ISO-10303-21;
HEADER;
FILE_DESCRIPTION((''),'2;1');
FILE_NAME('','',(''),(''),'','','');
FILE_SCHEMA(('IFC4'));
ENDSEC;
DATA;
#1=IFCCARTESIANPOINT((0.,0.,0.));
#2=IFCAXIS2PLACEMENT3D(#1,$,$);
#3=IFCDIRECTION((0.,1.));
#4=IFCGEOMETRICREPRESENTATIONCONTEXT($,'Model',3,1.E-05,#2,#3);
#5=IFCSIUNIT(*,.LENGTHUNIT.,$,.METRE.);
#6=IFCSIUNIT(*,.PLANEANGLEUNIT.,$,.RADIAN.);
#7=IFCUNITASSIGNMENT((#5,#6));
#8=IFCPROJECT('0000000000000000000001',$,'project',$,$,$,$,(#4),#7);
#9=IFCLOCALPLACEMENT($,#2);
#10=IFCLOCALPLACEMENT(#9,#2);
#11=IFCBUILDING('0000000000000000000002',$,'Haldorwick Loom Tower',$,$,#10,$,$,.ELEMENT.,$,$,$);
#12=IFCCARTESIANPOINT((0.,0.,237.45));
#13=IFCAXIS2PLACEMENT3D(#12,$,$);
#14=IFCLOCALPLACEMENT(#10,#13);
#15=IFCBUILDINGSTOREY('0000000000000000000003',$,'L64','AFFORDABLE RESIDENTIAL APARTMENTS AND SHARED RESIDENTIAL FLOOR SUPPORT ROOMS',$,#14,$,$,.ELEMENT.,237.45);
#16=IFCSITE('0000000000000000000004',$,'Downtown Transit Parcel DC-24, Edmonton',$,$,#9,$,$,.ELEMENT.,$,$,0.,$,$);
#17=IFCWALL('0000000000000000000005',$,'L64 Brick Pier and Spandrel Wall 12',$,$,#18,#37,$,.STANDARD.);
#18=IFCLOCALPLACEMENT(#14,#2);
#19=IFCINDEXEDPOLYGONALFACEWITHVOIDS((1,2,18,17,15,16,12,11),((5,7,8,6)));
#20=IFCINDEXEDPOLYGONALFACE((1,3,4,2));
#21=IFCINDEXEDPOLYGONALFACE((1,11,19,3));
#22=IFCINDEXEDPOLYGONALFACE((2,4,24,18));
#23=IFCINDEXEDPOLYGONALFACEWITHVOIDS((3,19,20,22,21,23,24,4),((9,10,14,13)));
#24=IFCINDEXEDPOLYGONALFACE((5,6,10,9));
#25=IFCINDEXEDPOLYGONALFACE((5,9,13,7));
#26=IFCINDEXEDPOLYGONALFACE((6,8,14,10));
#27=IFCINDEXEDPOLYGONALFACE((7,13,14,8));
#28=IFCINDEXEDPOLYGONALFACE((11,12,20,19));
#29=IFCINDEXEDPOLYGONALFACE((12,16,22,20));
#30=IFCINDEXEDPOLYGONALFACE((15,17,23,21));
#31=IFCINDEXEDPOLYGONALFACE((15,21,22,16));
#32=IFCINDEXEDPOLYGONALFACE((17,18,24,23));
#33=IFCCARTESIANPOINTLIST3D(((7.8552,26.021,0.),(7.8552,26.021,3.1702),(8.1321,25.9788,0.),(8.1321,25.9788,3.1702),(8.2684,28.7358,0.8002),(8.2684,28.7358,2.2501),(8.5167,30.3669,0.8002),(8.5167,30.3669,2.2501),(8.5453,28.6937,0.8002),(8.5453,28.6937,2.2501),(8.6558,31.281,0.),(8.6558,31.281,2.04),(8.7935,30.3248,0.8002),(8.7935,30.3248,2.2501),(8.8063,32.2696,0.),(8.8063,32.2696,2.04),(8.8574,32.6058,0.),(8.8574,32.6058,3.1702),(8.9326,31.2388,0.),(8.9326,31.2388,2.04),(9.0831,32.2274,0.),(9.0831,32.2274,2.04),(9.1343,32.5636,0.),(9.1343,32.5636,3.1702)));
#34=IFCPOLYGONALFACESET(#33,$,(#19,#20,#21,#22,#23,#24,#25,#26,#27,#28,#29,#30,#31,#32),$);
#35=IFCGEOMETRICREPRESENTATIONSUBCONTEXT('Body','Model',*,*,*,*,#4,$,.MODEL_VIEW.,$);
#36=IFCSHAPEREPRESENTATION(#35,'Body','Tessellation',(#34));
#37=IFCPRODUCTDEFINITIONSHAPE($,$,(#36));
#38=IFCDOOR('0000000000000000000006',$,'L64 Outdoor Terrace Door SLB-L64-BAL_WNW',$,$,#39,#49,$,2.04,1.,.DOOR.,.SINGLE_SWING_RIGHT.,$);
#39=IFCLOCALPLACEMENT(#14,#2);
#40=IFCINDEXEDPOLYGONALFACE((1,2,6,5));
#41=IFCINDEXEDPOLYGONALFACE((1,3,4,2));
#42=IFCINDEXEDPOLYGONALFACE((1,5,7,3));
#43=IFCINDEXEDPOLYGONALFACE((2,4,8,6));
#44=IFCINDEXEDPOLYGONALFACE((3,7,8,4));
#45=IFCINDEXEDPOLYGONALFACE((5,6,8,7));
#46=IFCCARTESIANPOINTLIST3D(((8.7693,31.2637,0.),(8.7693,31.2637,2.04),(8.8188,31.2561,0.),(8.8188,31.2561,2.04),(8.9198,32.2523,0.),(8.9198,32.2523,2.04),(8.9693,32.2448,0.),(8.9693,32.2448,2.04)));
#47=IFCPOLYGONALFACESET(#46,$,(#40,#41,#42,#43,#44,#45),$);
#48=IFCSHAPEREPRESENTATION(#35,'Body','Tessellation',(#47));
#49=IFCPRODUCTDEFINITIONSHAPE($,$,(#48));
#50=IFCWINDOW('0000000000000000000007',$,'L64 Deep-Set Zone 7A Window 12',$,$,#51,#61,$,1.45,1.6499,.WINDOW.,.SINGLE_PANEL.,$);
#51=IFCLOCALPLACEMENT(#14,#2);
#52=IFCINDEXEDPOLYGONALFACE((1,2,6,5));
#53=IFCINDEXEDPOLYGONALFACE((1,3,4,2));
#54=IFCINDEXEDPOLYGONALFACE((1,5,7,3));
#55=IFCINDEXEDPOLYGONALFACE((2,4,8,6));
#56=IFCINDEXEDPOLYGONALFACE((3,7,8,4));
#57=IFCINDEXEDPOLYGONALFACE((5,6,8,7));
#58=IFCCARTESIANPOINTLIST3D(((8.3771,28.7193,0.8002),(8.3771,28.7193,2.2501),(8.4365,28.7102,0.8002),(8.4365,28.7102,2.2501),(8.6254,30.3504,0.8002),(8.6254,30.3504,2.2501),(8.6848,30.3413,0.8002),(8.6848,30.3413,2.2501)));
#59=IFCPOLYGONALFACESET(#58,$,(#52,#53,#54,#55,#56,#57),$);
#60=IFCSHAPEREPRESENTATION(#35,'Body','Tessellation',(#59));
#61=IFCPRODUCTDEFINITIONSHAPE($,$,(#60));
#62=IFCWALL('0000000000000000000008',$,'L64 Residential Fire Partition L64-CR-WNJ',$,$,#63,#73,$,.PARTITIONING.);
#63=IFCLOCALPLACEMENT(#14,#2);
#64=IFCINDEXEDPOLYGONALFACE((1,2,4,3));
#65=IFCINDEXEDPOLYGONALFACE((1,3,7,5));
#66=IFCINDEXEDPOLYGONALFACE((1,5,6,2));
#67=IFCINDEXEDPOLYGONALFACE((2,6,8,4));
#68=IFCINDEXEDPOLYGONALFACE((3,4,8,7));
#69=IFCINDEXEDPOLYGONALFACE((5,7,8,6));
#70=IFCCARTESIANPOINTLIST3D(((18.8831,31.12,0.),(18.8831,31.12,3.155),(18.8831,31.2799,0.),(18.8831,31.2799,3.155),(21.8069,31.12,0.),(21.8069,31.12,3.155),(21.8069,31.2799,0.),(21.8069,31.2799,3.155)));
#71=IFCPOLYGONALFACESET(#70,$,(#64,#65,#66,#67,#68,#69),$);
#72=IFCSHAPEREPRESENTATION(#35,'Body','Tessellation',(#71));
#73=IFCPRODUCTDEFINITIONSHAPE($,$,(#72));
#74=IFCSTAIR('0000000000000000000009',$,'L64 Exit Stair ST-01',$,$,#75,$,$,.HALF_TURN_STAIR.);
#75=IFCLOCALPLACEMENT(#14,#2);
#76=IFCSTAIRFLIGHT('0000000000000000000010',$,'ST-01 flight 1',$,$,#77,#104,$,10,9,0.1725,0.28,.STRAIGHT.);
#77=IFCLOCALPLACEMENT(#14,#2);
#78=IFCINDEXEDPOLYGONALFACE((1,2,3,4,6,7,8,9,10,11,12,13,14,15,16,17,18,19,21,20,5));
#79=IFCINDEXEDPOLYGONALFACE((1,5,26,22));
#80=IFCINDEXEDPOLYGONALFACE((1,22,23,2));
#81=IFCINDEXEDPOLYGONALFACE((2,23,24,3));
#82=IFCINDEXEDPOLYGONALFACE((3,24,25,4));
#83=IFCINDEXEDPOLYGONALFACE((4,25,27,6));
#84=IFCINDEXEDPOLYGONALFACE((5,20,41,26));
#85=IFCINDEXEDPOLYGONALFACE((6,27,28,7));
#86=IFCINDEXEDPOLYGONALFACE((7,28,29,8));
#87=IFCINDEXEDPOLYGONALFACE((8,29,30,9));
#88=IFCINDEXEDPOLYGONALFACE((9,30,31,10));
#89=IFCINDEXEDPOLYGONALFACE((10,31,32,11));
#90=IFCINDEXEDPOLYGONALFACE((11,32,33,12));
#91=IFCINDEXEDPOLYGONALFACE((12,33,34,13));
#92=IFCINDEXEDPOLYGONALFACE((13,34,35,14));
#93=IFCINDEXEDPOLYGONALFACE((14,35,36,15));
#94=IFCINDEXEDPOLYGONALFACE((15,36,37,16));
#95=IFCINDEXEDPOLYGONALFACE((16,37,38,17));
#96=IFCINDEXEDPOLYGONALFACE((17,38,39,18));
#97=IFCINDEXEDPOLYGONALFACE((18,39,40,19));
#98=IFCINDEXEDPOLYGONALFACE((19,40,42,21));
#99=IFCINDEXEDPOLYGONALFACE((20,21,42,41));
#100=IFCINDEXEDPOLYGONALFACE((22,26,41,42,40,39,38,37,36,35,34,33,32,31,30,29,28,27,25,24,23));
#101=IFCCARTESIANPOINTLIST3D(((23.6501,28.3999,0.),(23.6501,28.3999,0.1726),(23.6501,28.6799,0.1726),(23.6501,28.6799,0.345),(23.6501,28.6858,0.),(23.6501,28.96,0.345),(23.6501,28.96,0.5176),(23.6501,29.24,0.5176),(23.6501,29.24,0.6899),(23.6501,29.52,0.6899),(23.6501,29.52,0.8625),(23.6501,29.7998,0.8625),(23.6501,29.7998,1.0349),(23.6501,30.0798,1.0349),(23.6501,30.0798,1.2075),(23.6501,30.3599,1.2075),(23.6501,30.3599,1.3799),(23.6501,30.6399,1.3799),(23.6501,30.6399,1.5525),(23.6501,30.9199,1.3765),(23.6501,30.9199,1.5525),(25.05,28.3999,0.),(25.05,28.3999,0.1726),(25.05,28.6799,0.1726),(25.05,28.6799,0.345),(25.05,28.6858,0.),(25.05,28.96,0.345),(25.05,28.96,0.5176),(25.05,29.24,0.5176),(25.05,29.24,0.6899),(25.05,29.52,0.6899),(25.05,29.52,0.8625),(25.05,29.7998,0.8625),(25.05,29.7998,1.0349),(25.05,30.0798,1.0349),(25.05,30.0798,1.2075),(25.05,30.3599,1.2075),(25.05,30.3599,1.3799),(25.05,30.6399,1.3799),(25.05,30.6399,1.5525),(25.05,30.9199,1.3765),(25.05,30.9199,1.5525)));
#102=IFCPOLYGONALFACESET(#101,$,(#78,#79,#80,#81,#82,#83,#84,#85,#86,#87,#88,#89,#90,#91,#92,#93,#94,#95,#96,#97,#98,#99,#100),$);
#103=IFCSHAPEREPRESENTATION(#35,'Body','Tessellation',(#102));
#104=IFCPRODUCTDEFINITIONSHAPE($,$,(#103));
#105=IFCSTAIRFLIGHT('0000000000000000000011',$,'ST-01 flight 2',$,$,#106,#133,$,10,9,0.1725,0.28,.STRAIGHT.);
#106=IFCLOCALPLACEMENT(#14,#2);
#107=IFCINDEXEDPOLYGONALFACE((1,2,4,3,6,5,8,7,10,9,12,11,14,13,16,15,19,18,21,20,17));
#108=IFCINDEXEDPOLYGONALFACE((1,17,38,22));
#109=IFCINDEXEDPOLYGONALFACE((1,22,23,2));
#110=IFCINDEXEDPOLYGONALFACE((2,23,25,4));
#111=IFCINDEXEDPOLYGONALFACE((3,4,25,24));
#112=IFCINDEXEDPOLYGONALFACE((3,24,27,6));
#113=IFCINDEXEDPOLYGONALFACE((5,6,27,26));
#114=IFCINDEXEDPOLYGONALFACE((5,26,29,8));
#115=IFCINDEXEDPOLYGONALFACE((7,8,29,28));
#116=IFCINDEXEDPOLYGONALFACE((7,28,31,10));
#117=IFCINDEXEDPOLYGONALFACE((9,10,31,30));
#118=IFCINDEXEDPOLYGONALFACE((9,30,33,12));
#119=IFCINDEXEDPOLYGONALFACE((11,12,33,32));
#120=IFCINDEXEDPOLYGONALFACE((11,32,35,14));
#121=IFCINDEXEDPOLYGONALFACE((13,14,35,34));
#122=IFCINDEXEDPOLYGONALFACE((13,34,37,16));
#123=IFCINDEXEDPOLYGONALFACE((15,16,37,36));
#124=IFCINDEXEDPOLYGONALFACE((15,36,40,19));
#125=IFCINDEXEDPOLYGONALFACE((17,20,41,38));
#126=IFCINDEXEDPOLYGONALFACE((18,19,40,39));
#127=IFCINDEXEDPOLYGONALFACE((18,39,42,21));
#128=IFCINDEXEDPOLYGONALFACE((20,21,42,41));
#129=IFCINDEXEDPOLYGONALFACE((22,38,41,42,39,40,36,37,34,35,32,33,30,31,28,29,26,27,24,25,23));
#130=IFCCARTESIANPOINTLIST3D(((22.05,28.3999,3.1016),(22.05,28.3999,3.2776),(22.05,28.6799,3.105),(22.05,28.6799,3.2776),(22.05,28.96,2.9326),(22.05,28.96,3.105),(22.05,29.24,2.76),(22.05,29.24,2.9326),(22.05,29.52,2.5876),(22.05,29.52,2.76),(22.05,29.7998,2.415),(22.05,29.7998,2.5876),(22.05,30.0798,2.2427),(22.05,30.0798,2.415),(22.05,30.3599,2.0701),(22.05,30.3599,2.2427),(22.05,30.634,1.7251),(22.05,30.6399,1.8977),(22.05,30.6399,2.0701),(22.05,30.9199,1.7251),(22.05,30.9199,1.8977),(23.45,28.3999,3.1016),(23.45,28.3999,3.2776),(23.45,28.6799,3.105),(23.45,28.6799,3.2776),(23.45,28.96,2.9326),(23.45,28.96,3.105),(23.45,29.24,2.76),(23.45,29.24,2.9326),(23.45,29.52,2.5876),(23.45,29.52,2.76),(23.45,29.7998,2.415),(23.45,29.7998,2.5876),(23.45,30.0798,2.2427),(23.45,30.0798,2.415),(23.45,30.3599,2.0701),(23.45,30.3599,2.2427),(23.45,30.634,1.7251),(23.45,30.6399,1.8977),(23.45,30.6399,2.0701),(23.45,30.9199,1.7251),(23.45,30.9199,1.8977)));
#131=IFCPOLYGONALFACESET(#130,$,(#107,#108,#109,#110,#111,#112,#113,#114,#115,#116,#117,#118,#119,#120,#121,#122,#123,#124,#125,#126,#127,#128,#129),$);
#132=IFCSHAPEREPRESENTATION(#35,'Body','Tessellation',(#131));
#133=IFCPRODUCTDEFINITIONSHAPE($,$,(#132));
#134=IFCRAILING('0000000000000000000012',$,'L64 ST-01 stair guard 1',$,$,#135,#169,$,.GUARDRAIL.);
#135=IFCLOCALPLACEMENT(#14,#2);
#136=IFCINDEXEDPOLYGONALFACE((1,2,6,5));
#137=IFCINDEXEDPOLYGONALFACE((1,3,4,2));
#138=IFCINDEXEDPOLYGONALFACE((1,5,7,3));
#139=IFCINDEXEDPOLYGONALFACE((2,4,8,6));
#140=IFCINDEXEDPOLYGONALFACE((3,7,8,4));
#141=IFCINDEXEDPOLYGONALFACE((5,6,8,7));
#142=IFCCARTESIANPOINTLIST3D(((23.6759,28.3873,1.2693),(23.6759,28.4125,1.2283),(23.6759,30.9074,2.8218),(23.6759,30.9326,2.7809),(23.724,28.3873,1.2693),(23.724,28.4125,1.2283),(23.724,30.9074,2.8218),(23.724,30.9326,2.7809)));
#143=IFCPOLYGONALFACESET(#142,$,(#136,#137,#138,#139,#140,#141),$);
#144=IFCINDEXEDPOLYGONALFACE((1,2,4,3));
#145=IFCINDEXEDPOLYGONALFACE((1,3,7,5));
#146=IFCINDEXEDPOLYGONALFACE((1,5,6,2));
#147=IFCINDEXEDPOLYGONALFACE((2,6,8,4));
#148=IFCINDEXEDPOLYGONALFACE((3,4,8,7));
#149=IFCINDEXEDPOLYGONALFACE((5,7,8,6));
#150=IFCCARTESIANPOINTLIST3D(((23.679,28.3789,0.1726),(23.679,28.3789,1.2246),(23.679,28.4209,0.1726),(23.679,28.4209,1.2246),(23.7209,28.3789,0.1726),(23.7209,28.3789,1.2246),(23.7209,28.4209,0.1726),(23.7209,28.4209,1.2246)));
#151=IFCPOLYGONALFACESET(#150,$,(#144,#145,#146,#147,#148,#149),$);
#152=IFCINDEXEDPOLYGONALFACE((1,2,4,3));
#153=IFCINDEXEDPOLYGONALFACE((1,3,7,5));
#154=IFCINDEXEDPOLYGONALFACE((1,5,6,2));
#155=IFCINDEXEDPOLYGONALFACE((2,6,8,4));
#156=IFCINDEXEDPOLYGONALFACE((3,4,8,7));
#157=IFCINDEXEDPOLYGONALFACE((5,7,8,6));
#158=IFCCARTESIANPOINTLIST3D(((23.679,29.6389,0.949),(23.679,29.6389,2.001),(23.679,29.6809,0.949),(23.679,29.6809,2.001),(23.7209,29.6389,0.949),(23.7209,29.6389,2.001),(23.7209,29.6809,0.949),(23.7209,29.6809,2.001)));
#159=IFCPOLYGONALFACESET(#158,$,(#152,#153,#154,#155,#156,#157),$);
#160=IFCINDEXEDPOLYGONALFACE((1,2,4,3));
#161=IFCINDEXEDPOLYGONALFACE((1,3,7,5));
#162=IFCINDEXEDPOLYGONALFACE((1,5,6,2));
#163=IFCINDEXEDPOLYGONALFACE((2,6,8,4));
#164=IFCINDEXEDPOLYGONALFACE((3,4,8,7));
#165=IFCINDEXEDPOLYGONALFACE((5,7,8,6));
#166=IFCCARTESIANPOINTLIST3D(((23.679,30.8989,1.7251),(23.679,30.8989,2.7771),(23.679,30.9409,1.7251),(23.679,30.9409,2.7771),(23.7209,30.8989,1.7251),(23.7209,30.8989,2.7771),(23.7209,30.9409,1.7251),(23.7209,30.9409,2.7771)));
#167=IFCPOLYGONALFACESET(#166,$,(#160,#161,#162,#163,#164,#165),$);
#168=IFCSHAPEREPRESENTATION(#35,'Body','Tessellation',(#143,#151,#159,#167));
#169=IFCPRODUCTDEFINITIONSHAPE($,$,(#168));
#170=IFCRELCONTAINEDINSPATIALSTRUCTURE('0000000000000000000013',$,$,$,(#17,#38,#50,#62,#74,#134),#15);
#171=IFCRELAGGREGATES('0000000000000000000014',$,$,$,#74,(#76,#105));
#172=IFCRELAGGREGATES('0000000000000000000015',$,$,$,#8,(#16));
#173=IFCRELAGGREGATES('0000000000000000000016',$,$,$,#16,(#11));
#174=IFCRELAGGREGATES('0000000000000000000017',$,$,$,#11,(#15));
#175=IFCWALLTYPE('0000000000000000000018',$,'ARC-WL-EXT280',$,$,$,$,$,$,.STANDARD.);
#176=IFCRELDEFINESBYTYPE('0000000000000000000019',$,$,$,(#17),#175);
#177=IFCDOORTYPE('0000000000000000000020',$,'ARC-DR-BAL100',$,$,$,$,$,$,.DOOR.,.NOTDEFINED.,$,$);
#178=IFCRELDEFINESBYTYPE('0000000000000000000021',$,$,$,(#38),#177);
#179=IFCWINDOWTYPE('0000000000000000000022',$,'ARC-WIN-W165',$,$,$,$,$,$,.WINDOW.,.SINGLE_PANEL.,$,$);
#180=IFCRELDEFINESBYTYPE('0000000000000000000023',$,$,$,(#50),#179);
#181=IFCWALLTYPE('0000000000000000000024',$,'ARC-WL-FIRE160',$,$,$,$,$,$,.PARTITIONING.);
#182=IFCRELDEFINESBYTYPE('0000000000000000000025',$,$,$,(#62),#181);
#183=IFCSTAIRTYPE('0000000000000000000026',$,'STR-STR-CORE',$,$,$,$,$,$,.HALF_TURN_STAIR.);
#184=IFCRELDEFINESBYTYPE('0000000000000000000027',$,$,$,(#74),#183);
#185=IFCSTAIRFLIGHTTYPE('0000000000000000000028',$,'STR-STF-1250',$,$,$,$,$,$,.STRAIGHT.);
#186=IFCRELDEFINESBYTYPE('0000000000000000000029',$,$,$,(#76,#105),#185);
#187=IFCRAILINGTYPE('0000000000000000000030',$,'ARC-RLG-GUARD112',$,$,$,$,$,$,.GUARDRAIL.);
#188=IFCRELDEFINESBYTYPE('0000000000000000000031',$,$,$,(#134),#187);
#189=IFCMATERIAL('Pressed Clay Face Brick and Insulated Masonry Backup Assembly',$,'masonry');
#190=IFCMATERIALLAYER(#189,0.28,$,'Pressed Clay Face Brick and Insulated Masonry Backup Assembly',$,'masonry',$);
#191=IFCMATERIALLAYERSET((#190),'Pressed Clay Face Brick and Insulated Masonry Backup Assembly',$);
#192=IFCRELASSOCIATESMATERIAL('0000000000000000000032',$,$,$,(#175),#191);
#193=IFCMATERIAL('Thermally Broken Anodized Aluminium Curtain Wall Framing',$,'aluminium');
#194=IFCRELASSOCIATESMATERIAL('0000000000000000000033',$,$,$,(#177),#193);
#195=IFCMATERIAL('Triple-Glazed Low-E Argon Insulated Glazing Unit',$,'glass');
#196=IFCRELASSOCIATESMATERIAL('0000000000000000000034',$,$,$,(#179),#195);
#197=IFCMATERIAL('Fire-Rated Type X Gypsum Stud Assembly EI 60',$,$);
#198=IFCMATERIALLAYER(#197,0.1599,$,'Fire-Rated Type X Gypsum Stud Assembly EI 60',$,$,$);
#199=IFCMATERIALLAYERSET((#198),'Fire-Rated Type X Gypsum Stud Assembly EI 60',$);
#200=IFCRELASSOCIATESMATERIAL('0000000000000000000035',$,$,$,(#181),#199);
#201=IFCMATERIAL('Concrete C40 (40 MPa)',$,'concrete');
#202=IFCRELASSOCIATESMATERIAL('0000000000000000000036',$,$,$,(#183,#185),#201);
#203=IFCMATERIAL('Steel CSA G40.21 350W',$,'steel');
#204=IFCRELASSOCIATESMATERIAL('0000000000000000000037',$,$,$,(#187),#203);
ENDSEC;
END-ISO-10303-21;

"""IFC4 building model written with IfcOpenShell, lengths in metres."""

from ifc_helpers import new_model, si_unit, direction, frame, frame_2d, origin, origin_2d, place, context, subcontext, project, spatial, polyline, rectangle, outline, extrude, material, layer, layer_set, type_object, element, fill, aggregate, save


model = new_model("IFC4")

# Units and contexts
model_context = context("Model", 3, precision=1e-05, world=origin(), true_north=direction((0.0, 1.0)))
body_context = subcontext(model_context, "Body", "Model", "MODEL_VIEW")
ifc_project = project(units=[si_unit("LENGTHUNIT", "METRE"), si_unit("PLANEANGLEUNIT", "RADIAN")], contexts=[model_context])

# Site, building, storey
site_placement = place(None, origin())
site = spatial("IfcSite", under=ifc_project, at=site_placement, Name="Downtown Transit Parcel DC-24, Edmonton", CompositionType="ELEMENT", RefElevation=0.0)
building_placement = place(site_placement, origin())
building = spatial("IfcBuilding", under=site, at=building_placement, Name="Haldorwick Loom Tower", CompositionType="ELEMENT")
storey_placement = place(building_placement, frame((0.0, 0.0, 237.45)))
storey = spatial("IfcBuildingStorey", under=building, at=storey_placement, Name="L64", Description="AFFORDABLE RESIDENTIAL APARTMENTS AND SHARED RESIDENTIAL FLOOR SUPPORT ROOMS", CompositionType="ELEMENT", Elevation=237.45)

# Shared definitions
ifc_material_1 = material(Name="Steel CSA G40.21 350W", Category="steel")

# Wall, openings, door, window
ifc_material_2 = material(Name="Pressed Clay Face Brick and Insulated Masonry Backup Assembly", Category="masonry")
ifc_layer_1 = layer(ifc_material_2, 0.28, Name="Pressed Clay Face Brick and Insulated Masonry Backup Assembly", Category="masonry")
ifc_layer_set_1 = layer_set([ifc_layer_1], Name="Pressed Clay Face Brick and Insulated Masonry Backup Assembly")
wall_type_1 = type_object("IfcWallType", Name="ARC-WL-EXT280", PredefinedType="STANDARD", material=ifc_layer_set_1)
wall_1_placement = place(storey_placement, frame((8.9958, 32.5847, 0.0), z_axis=(0.0, 0.0, 1.0), x_axis=(-0.150468, -0.988615, 0.0)))
wall_1 = element("IfcWall", 1, at=wall_1_placement, inside=storey, type_object=wall_type_1, Name="L64 Brick Pier and Spandrel Wall 12", PredefinedType="STANDARD", context=body_context, shape_type="SweptSolid", body=[
    extrude(rectangle(XDim=6.6606, YDim=0.28, at=frame_2d((3.3303, 0.0))), origin(), (0.0, 0.0, 1.0), 3.1702),
])
opening_1_placement = place(wall_1_placement, frame((0.3401, 0.0, 0.0)))
opening_1 = element("IfcOpeningElement", 2, at=opening_1_placement, cuts=wall_1, PredefinedType="OPENING", context=body_context, shape_type="SweptSolid", body=[
    extrude(rectangle(XDim=1.0, YDim=2.04, at=frame_2d((0.5, 1.02))), frame((0.0, 0.1499, 0.0), z_axis=(0.0, -1.0, 0.0), x_axis=(1.0, 0.0, 0.0)), (0.0, 0.0, 1.0), 0.3),
])
opening_2_placement = place(wall_1_placement, frame((2.2646, 0.0, 0.8)))
opening_2 = element("IfcOpeningElement", 3, at=opening_2_placement, cuts=wall_1, PredefinedType="OPENING", context=body_context, shape_type="SweptSolid", body=[
    extrude(rectangle(XDim=1.6499, YDim=1.45, at=frame_2d((0.825, 0.7251))), frame((0.0, 0.1499, 0.0), z_axis=(0.0, -1.0, 0.0), x_axis=(1.0, 0.0, 0.0)), (0.0, 0.0, 1.0), 0.3),
])
ifc_material_3 = material(Name="Thermally Broken Anodized Aluminium Curtain Wall Framing", Category="aluminium")
door_type = type_object("IfcDoorType", Name="ARC-DR-BAL100", OperationType="NOTDEFINED", PredefinedType="DOOR", material=ifc_material_3)
door_placement = place(opening_1_placement, origin())
door = element("IfcDoor", 4, at=door_placement, inside=storey, type_object=door_type, Name="L64 Outdoor Terrace Door SLB-L64-BAL_WNW", OperationType="SINGLE_SWING_RIGHT", OverallHeight=2.04, OverallWidth=1.0, PredefinedType="DOOR", context=body_context, shape_type="SweptSolid", body=[
    extrude(rectangle(XDim=1.0, YDim=2.04, at=frame_2d((0.5, 1.02))), frame((0.0, 0.0249, 0.0), z_axis=(0.0, -1.0, 0.0), x_axis=(1.0, 0.0, 0.0)), (0.0, 0.0, 1.0), 0.05),
])
fill(opening_1, door)
ifc_material_4 = material(Name="Triple-Glazed Low-E Argon Insulated Glazing Unit", Category="glass")
window_type = type_object("IfcWindowType", Name="ARC-WIN-W165", PartitioningType="SINGLE_PANEL", PredefinedType="WINDOW", material=ifc_material_4)
window_placement = place(opening_2_placement, origin())
window = element("IfcWindow", 5, at=window_placement, inside=storey, type_object=window_type, Name="L64 Deep-Set Zone 7A Window 12", OverallHeight=1.45, OverallWidth=1.6499, PartitioningType="SINGLE_PANEL", PredefinedType="WINDOW", context=body_context, shape_type="SweptSolid", body=[
    extrude(rectangle(XDim=1.6499, YDim=1.45, at=frame_2d((0.825, 0.7251))), frame((0.0, 0.03, 0.0), z_axis=(0.0, -1.0, 0.0), x_axis=(1.0, 0.0, 0.0)), (0.0, 0.0, 1.0), 0.0601),
])
fill(opening_2, window)

# Wall
ifc_material_5 = material(Name="Fire-Rated Type X Gypsum Stud Assembly EI 60")
ifc_layer_2 = layer(ifc_material_5, 0.1599, Name="Fire-Rated Type X Gypsum Stud Assembly EI 60")
ifc_layer_set_2 = layer_set([ifc_layer_2], Name="Fire-Rated Type X Gypsum Stud Assembly EI 60")
wall_type_2 = type_object("IfcWallType", Name="ARC-WL-FIRE160", PredefinedType="PARTITIONING", material=ifc_layer_set_2)
wall_2_placement = place(storey_placement, frame((18.8831, 31.2, 0.0), z_axis=(0.0, 0.0, 1.0), x_axis=(1.0, 0.0, 0.0)))
element("IfcWall", 6, at=wall_2_placement, inside=storey, type_object=wall_type_2, Name="L64 Residential Fire Partition L64-CR-WNJ", PredefinedType="PARTITIONING", context=body_context, shape_type="SweptSolid", body=[
    extrude(rectangle(XDim=2.9238, YDim=0.1599, at=frame_2d((1.4619, 0.0))), origin(), (0.0, 0.0, 1.0), 3.155),
])

# Stair, stair flights
ifc_material_6 = material(Name="Concrete C40 (40 MPa)", Category="concrete")
stair_type = type_object("IfcStairType", Name="STR-STR-CORE", PredefinedType="HALF_TURN_STAIR", material=ifc_material_6)
stair_placement = place(storey_placement, origin())
stair = element("IfcStair", 7, at=stair_placement, inside=storey, type_object=stair_type, Name="L64 Exit Stair ST-01", PredefinedType="HALF_TURN_STAIR")
stair_flight_type = type_object("IfcStairFlightType", Name="STR-STF-1250", PredefinedType="STRAIGHT", material=ifc_material_6)
stair_flight_1_placement = place(storey_placement, frame((24.3501, 28.3999, 0.0), z_axis=(0.0, 0.0, 1.0), x_axis=(0.0, 1.0, 0.0)))
stair_flight_1 = element("IfcStairFlight", 8, at=stair_flight_1_placement, type_object=stair_flight_type, Name="ST-01 flight 1", NumberOfRisers=10, NumberOfTreads=9, PredefinedType="STRAIGHT", RiserHeight=0.1725, TreadLength=0.28, context=body_context, shape_type="SweptSolid", body=[
    extrude(outline(polyline([(0.0, 0.0), (0.0, 0.1726), (0.28, 0.1726), (0.28, 0.345), (0.5601, 0.345), (0.5601, 0.5176), (0.8401, 0.5176), (0.8401, 0.6899), (1.1201, 0.6899), (1.1201, 0.8625), (1.3999, 0.8625), (1.3999, 1.0349), (1.6799, 1.0349), (1.6799, 1.2075), (1.96, 1.2075), (1.96, 1.3799), (2.24, 1.3799), (2.24, 1.5525), (2.52, 1.5525), (2.52, 1.7251), (2.52, 1.3765), (0.2859, 0.0), (0.0, 0.0)])), frame((0.0, 0.7, 0.0), z_axis=(0.0, -1.0, 0.0), x_axis=(1.0, 0.0, 0.0)), (0.0, 0.0, 1.0), 1.3999),
])
stair_flight_2_placement = place(storey_placement, frame((22.75, 30.9199, 1.7251), z_axis=(0.0, 0.0, 1.0), x_axis=(0.0, -1.0, 0.0)))
stair_flight_2 = element("IfcStairFlight", 9, at=stair_flight_2_placement, type_object=stair_flight_type, Name="ST-01 flight 2", NumberOfRisers=10, NumberOfTreads=9, PredefinedType="STRAIGHT", RiserHeight=0.1725, TreadLength=0.28, context=body_context, shape_type="SweptSolid", body=[
    extrude(outline(polyline([(0.0, 0.0), (0.0, 0.1726), (0.28, 0.1726), (0.28, 0.345), (0.5601, 0.345), (0.5601, 0.5176), (0.8401, 0.5176), (0.8401, 0.6899), (1.1201, 0.6899), (1.1201, 0.8625), (1.3999, 0.8625), (1.3999, 1.0349), (1.6799, 1.0349), (1.6799, 1.2075), (1.96, 1.2075), (1.96, 1.3799), (2.24, 1.3799), (2.24, 1.5525), (2.52, 1.5525), (2.52, 1.7251), (2.52, 1.3765), (0.2859, 0.0), (0.0, 0.0)])), frame((0.0, 0.7, 0.0), z_axis=(0.0, -1.0, 0.0), x_axis=(1.0, 0.0, 0.0)), (0.0, 0.0, 1.0), 1.3999),
])
aggregate(stair, [stair_flight_1, stair_flight_2])

# Railing
railing_type_1 = type_object("IfcRailingType", Name="ARC-RLG-GUARD112", PredefinedType="GUARDRAIL", material=ifc_material_1)
railing_1_placement = place(storey_placement, frame((23.7, 28.3999, 0.1726)))
element("IfcRailing", 10, at=railing_1_placement, inside=storey, type_object=railing_type_1, Name="L64 ST-01 stair guard 1", PredefinedType="GUARDRAIL", context=body_context, shape_type="SweptSolid", body=[
    extrude(rectangle(XDim=0.0481, YDim=0.0481, at=origin_2d()), frame((0.0, 0.0, 1.0762), z_axis=(0.0, 0.8514, 0.524516), x_axis=(-1.0, 0.0, 0.0)), (0.0, 0.0, 1.0), 2.96),
    extrude(rectangle(XDim=0.042, YDim=0.042, at=origin_2d()), origin(), (0.0, 0.0, 1.0), 1.052),
    extrude(rectangle(XDim=0.042, YDim=0.042, at=origin_2d()), frame((0.0, 1.26, 0.7764)), (0.0, 0.0, 1.0), 1.052),
    extrude(rectangle(XDim=0.042, YDim=0.042, at=origin_2d()), frame((0.0, 2.52, 1.5525)), (0.0, 0.0, 1.0), 1.052),
])

save(model, "model.ifc")
